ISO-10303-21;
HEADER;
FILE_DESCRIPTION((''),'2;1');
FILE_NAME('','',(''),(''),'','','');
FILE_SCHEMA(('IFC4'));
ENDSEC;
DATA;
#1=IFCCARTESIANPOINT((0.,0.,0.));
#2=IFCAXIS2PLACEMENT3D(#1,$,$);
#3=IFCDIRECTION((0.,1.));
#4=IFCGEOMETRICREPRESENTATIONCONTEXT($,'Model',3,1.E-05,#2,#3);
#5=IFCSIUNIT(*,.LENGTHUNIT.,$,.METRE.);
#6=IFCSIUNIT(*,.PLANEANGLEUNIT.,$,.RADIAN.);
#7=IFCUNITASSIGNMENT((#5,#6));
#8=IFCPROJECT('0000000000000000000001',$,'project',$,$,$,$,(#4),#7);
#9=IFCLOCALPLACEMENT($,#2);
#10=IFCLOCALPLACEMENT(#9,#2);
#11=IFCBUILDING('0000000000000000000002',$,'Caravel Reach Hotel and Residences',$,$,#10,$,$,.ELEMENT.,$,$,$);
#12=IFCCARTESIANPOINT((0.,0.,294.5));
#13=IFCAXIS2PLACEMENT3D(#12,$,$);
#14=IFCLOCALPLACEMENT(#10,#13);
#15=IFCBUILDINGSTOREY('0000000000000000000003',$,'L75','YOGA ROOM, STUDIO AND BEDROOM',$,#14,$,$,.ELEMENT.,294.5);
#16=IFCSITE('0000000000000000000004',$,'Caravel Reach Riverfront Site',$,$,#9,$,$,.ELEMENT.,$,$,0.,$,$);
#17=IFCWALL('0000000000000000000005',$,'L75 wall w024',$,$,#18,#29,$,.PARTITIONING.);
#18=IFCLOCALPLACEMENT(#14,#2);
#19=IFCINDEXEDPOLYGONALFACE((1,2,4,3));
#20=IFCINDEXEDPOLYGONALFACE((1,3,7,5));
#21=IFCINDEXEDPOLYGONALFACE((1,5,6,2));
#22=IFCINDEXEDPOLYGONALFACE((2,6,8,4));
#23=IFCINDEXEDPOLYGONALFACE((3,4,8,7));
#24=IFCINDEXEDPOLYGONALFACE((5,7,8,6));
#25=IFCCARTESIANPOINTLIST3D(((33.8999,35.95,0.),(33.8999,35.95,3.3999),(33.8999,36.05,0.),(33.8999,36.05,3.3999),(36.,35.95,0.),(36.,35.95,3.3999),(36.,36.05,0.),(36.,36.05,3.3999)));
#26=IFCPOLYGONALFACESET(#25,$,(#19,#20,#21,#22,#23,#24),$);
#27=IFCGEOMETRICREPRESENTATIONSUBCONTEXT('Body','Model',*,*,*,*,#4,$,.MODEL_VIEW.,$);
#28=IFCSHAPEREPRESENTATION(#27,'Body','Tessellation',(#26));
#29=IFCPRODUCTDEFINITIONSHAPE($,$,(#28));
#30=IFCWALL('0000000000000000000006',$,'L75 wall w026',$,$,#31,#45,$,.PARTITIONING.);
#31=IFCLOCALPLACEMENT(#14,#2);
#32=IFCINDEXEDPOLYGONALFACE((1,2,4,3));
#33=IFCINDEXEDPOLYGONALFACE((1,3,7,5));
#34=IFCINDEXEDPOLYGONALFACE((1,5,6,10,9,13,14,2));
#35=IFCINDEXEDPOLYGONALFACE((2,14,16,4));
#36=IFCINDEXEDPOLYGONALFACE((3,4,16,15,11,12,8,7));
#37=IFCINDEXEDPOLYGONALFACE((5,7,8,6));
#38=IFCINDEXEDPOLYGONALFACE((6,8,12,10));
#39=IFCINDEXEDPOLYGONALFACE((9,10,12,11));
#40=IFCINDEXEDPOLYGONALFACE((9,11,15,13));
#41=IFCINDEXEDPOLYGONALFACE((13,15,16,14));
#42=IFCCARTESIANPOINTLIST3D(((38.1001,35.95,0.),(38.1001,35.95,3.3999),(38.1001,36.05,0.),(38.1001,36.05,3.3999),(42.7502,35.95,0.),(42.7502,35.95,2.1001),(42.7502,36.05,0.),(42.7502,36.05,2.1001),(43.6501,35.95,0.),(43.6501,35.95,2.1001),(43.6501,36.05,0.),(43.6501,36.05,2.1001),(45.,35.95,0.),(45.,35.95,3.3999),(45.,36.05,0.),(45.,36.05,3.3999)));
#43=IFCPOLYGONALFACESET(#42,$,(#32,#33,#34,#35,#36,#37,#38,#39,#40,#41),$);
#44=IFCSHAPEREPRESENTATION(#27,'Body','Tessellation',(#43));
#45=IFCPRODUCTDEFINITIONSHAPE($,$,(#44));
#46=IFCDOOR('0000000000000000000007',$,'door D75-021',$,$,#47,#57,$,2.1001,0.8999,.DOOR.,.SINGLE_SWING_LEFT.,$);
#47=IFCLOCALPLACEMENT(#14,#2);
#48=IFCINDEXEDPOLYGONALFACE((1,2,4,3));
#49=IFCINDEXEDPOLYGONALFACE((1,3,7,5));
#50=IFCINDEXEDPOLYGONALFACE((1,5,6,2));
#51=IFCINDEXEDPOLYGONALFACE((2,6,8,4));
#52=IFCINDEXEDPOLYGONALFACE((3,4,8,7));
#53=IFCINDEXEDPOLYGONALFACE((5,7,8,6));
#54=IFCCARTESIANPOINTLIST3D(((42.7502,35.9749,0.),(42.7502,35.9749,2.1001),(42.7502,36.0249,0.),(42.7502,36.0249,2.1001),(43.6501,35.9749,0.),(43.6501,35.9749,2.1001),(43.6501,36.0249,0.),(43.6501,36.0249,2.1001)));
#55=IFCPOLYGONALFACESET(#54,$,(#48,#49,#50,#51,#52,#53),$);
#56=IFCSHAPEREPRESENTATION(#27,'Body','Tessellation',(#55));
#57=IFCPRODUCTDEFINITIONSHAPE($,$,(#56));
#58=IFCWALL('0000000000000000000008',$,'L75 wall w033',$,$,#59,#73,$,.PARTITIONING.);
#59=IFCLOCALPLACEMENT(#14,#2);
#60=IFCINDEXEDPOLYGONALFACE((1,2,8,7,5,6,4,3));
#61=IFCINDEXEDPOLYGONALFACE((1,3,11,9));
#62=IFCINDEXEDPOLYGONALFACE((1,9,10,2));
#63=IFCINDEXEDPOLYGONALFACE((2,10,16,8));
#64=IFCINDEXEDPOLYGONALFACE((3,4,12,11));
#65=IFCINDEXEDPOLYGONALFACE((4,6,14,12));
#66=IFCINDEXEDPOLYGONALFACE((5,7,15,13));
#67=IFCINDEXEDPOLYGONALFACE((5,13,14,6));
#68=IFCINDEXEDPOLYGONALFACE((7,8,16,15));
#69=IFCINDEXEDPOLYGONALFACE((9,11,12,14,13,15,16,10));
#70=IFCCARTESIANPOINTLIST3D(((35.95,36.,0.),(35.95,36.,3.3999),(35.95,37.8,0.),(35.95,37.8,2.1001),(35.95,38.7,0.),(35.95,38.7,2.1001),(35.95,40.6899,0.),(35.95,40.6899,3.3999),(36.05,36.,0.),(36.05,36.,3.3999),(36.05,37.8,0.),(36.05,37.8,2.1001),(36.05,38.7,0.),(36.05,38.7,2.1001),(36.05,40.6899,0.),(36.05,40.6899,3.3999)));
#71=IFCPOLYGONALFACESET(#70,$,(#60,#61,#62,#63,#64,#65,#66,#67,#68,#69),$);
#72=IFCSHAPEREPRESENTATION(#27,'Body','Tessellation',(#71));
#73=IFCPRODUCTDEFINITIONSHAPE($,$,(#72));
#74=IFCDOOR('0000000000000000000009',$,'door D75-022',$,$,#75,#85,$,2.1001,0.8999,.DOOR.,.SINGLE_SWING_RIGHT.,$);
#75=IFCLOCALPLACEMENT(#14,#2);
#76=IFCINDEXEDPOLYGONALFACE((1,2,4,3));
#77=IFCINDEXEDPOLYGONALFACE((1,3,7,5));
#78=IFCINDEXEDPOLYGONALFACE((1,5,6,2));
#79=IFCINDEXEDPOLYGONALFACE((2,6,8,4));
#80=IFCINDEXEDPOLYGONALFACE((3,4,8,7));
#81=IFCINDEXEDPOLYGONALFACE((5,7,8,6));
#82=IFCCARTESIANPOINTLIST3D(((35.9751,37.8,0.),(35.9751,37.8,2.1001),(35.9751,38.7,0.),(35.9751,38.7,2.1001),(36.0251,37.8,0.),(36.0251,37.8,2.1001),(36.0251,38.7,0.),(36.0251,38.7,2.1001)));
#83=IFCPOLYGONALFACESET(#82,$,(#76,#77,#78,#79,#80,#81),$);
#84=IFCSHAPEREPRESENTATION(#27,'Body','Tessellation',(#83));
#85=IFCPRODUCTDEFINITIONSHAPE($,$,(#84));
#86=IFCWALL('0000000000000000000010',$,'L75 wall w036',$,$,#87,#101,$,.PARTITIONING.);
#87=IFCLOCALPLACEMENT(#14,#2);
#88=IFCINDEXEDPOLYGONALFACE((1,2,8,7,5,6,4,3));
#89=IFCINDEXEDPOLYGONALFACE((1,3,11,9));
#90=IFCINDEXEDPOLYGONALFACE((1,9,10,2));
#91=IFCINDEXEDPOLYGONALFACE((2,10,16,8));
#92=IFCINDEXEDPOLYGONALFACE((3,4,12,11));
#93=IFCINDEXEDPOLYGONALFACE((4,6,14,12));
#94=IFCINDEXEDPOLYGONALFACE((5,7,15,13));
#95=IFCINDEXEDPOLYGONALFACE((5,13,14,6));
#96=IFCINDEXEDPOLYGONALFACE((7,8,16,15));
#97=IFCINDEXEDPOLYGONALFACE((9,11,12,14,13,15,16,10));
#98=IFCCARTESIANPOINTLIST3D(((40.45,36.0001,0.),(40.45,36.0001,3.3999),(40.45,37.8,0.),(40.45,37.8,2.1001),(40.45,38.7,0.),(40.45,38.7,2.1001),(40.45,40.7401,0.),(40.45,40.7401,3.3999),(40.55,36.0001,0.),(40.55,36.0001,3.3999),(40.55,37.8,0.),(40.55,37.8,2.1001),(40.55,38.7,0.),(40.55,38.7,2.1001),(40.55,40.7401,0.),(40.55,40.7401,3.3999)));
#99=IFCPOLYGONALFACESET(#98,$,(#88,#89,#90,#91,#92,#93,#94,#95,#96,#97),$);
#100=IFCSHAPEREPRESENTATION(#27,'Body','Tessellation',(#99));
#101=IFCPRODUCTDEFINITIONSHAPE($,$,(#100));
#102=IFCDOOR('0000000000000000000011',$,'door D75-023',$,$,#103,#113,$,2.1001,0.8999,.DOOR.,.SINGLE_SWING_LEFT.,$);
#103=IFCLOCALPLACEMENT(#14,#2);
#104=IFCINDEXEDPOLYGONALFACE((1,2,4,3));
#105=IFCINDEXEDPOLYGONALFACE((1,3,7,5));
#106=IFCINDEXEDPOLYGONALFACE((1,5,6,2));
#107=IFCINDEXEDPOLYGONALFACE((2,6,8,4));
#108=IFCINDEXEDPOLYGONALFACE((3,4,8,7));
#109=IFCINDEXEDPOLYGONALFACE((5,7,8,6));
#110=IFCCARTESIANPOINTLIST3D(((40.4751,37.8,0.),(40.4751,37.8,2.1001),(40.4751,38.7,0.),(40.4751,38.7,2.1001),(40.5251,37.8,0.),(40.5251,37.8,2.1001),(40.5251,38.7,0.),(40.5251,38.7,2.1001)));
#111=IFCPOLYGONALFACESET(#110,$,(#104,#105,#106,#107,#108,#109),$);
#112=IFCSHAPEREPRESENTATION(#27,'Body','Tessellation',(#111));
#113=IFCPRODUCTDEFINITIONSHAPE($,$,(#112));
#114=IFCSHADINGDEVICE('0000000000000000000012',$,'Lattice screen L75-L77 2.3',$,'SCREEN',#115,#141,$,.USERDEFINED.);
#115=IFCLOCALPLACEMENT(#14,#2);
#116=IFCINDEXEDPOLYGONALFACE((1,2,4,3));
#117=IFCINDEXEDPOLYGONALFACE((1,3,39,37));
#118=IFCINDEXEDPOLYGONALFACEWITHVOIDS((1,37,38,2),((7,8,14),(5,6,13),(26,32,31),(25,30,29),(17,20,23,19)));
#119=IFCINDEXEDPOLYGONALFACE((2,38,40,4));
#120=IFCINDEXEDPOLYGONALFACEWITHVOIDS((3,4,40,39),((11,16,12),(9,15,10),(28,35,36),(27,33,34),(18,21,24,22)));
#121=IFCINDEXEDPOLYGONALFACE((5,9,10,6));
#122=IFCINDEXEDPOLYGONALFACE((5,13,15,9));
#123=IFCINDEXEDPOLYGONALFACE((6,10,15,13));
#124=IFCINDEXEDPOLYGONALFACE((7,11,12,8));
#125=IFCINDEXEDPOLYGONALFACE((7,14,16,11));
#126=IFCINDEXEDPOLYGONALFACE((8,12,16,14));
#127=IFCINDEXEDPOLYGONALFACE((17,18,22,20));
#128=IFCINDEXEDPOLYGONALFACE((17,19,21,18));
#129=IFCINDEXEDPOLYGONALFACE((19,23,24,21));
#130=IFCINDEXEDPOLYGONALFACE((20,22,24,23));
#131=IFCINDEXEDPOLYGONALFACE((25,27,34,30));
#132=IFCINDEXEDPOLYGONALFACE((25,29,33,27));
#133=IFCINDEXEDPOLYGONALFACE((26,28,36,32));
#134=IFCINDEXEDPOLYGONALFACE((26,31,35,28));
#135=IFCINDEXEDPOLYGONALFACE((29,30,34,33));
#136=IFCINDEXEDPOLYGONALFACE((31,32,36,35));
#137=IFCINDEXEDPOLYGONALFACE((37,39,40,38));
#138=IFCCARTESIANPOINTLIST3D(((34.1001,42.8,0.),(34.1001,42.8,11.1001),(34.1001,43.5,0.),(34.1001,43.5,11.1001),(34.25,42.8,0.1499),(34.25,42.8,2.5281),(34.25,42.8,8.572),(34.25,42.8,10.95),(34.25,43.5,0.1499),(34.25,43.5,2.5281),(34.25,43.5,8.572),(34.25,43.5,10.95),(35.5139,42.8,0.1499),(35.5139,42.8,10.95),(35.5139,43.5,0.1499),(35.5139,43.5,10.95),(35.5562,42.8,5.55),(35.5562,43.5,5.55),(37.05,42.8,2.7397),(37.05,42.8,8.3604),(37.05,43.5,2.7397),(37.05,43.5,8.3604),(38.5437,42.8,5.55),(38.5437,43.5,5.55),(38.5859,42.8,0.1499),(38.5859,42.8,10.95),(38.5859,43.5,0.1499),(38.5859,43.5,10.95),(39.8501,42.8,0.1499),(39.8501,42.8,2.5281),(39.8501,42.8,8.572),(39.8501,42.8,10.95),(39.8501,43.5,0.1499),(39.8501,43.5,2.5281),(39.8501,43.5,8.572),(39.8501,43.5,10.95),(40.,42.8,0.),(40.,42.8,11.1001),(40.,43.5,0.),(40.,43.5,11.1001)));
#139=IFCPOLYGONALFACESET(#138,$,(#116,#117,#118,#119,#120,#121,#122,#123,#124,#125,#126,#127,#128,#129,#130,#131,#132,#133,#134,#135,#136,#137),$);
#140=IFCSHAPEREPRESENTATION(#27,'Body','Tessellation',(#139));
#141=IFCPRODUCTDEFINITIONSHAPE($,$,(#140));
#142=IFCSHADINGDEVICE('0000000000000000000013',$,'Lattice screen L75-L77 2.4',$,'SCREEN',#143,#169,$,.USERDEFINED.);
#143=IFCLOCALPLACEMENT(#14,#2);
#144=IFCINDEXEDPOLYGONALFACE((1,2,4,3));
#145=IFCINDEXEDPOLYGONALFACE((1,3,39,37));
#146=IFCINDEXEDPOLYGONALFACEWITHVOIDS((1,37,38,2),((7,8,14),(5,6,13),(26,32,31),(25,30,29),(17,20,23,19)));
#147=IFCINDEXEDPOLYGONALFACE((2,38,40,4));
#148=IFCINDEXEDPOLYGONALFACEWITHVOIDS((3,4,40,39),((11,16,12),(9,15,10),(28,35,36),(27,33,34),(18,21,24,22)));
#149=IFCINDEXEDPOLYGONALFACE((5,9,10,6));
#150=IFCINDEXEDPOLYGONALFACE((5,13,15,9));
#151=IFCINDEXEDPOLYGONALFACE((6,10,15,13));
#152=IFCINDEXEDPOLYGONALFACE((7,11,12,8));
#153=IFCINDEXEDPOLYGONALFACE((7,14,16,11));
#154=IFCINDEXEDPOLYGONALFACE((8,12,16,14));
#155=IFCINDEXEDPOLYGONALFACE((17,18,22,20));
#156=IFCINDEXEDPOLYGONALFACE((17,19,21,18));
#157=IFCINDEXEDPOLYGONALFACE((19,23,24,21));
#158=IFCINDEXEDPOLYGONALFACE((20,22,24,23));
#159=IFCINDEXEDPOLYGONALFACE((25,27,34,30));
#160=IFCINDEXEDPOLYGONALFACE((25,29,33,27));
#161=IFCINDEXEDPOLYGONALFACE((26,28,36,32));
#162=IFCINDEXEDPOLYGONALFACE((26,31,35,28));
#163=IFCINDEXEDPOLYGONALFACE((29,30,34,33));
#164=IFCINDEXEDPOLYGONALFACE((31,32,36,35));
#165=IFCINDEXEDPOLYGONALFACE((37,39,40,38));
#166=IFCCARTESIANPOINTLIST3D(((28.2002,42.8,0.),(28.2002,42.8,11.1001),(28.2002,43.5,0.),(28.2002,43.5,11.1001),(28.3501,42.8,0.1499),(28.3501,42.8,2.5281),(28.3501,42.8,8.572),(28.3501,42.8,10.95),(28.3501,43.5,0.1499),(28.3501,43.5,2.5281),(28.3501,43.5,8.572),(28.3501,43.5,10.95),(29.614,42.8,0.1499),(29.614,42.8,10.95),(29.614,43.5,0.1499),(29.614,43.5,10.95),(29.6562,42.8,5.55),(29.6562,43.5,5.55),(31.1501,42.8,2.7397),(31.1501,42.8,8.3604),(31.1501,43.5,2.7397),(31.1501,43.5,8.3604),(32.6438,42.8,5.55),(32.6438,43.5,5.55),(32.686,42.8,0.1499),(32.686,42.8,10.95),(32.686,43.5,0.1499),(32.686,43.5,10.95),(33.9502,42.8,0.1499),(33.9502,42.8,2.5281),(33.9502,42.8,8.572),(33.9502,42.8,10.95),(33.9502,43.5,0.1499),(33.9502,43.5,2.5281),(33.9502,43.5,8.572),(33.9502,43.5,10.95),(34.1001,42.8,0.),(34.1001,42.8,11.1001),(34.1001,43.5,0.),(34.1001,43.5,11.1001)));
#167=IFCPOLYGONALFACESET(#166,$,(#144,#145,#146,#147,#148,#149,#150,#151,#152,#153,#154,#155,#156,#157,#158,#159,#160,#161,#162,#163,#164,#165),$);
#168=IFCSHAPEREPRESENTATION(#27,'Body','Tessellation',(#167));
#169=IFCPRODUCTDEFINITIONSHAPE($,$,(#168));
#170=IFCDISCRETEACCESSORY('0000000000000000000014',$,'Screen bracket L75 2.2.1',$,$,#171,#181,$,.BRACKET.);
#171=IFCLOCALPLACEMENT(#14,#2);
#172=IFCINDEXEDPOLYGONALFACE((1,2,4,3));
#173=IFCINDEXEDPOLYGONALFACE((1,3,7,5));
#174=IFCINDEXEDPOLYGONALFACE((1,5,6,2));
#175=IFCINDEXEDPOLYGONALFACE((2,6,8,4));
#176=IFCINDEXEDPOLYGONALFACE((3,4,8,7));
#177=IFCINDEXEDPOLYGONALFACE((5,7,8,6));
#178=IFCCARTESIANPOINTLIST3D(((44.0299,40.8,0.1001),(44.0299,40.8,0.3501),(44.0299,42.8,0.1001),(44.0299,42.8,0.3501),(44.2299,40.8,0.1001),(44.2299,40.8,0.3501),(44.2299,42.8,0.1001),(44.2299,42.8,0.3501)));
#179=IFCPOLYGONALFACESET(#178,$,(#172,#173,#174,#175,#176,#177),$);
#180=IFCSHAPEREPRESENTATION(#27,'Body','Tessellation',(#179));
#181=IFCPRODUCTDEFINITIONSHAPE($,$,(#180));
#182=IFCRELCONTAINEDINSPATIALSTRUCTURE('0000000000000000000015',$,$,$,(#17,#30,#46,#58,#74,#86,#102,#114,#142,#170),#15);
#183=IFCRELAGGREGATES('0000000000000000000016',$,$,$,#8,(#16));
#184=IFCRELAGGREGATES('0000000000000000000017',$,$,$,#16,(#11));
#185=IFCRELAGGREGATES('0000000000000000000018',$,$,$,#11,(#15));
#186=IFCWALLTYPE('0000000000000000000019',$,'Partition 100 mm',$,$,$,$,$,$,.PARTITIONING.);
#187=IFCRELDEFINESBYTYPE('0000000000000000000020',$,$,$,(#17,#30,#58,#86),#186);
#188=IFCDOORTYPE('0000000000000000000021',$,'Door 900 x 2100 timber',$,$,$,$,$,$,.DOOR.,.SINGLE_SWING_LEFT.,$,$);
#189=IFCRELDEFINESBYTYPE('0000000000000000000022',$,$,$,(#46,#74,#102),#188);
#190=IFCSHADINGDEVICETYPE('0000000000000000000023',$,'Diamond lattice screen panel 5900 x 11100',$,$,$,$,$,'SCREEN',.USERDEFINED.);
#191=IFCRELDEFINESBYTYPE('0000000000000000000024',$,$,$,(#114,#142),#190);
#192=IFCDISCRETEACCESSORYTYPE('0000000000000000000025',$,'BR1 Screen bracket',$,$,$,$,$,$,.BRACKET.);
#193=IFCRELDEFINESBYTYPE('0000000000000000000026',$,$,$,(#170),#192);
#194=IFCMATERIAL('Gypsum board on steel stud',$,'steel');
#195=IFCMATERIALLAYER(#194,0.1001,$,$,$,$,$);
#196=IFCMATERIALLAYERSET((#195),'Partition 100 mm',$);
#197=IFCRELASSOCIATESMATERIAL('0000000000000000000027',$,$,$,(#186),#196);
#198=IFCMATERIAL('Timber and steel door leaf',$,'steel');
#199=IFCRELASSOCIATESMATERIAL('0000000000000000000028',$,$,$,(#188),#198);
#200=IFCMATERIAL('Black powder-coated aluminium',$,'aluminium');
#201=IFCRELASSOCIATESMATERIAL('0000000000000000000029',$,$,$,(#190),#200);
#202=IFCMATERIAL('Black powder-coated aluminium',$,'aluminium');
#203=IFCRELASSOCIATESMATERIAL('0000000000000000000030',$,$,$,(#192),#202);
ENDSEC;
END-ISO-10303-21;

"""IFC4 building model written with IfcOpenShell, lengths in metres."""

from ifc_helpers import new_model, si_unit, direction, frame, frame_2d, origin, origin_2d, place, context, subcontext, project, spatial, polyline, rectangle, outline, extrude, material, layer, layer_set, type_object, element, fill, save


model = new_model("IFC4")

# Units and contexts
model_context = context("Model", 3, precision=1e-05, world=origin(), true_north=direction((0.0, 1.0)))
body_context = subcontext(model_context, "Body", "Model", "MODEL_VIEW")
ifc_project = project(units=[si_unit("LENGTHUNIT", "METRE"), si_unit("PLANEANGLEUNIT", "RADIAN")], contexts=[model_context])

# Site, building, storey
site_placement = place(None, origin())
site = spatial("IfcSite", under=ifc_project, at=site_placement, Name="Caravel Reach Riverfront Site", CompositionType="ELEMENT", RefElevation=0.0)
building_placement = place(site_placement, origin())
building = spatial("IfcBuilding", under=site, at=building_placement, Name="Caravel Reach Hotel and Residences", CompositionType="ELEMENT")
storey_placement = place(building_placement, frame((0.0, 0.0, 294.5)))
storey = spatial("IfcBuildingStorey", under=building, at=storey_placement, Name="L75", Description="YOGA ROOM, STUDIO AND BEDROOM", CompositionType="ELEMENT", Elevation=294.5)

# Wall
ifc_material_1 = material(Name="Gypsum board on steel stud", Category="steel")
ifc_layer_1 = layer(ifc_material_1, 0.1001)
ifc_layer_set_1 = layer_set([ifc_layer_1], Name="Partition 100 mm")
wall_type_1 = type_object("IfcWallType", Name="Partition 100 mm", PredefinedType="PARTITIONING", material=ifc_layer_set_1)
wall_1_placement = place(storey_placement, frame((33.8999, 36.0, 0.0), z_axis=(0.0, 0.0, 1.0), x_axis=(1.0, 0.0, 0.0)))
element("IfcWall", 1, at=wall_1_placement, inside=storey, type_object=wall_type_1, Name="L75 wall w024", PredefinedType="PARTITIONING", context=body_context, shape_type="SweptSolid", body=[
    extrude(rectangle(XDim=2.1001, YDim=0.1001, at=frame_2d((1.05, 0.0))), origin(), (0.0, 0.0, 1.0), 3.3999),
])

# Walls, openings, doors
wall_2_placement = place(storey_placement, frame((38.1001, 36.0, 0.0), z_axis=(0.0, 0.0, 1.0), x_axis=(1.0, 0.0, 0.0)))
wall_2 = element("IfcWall", 2, at=wall_2_placement, inside=storey, type_object=wall_type_1, Name="L75 wall w026", PredefinedType="PARTITIONING", context=body_context, shape_type="SweptSolid", body=[
    extrude(rectangle(XDim=6.8999, YDim=0.1001, at=frame_2d((3.45, 0.0))), origin(), (0.0, 0.0, 1.0), 3.3999),
])
opening_1_placement = place(wall_2_placement, frame((4.6501, 0.0, 0.0)))
opening_1 = element("IfcOpeningElement", 3, at=opening_1_placement, cuts=wall_2, PredefinedType="OPENING", context=body_context, shape_type="SweptSolid", body=[
    extrude(rectangle(XDim=0.8999, YDim=2.1001, at=frame_2d((0.45, 1.05))), frame((0.0, 0.0601, 0.0), z_axis=(0.0, -1.0, 0.0), x_axis=(1.0, 0.0, 0.0)), (0.0, 0.0, 1.0), 0.1201),
])
ifc_material_2 = material(Name="Timber and steel door leaf", Category="steel")
door_type = type_object("IfcDoorType", Name="Door 900 x 2100 timber", OperationType="SINGLE_SWING_LEFT", PredefinedType="DOOR", material=ifc_material_2)
door_1_placement = place(opening_1_placement, origin())
door_1 = element("IfcDoor", 4, at=door_1_placement, inside=storey, type_object=door_type, Name="door D75-021", OperationType="SINGLE_SWING_LEFT", OverallHeight=2.1001, OverallWidth=0.8999, PredefinedType="DOOR", context=body_context, shape_type="SweptSolid", body=[
    extrude(rectangle(XDim=0.8999, YDim=2.1001, at=frame_2d((0.45, 1.05))), frame((0.0, 0.0249, 0.0), z_axis=(0.0, -1.0, 0.0), x_axis=(1.0, 0.0, 0.0)), (0.0, 0.0, 1.0), 0.05),
])
fill(opening_1, door_1)
wall_3_placement = place(storey_placement, frame((36.0, 36.0, 0.0), z_axis=(0.0, 0.0, 1.0), x_axis=(0.0, 1.0, 0.0)))
wall_3 = element("IfcWall", 5, at=wall_3_placement, inside=storey, type_object=wall_type_1, Name="L75 wall w033", PredefinedType="PARTITIONING", context=body_context, shape_type="SweptSolid", body=[
    extrude(rectangle(XDim=4.6899, YDim=0.1001, at=frame_2d((2.345, 0.0))), origin(), (0.0, 0.0, 1.0), 3.3999),
])
opening_2_placement = place(wall_3_placement, frame((1.8, 0.0, 0.0)))
opening_2 = element("IfcOpeningElement", 6, at=opening_2_placement, cuts=wall_3, PredefinedType="OPENING", context=body_context, shape_type="SweptSolid", body=[
    extrude(rectangle(XDim=0.8999, YDim=2.1001, at=frame_2d((0.45, 1.05))), frame((0.0, 0.0601, 0.0), z_axis=(0.0, -1.0, 0.0), x_axis=(1.0, 0.0, 0.0)), (0.0, 0.0, 1.0), 0.1201),
])
door_2_placement = place(opening_2_placement, origin())
door_2 = element("IfcDoor", 7, at=door_2_placement, inside=storey, type_object=door_type, Name="door D75-022", OperationType="SINGLE_SWING_RIGHT", OverallHeight=2.1001, OverallWidth=0.8999, PredefinedType="DOOR", context=body_context, shape_type="SweptSolid", body=[
    extrude(rectangle(XDim=0.8999, YDim=2.1001, at=frame_2d((0.45, 1.05))), frame((0.0, 0.0249, 0.0), z_axis=(0.0, -1.0, 0.0), x_axis=(1.0, 0.0, 0.0)), (0.0, 0.0, 1.0), 0.05),
])
fill(opening_2, door_2)
wall_4_placement = place(storey_placement, frame((40.5, 36.0, 0.0), z_axis=(0.0, 0.0, 1.0), x_axis=(0.0, 1.0, 0.0)))
wall_4 = element("IfcWall", 8, at=wall_4_placement, inside=storey, type_object=wall_type_1, Name="L75 wall w036", PredefinedType="PARTITIONING", context=body_context, shape_type="SweptSolid", body=[
    extrude(rectangle(XDim=4.74, YDim=0.1001, at=frame_2d((2.3701, 0.0))), origin(), (0.0, 0.0, 1.0), 3.3999),
])
opening_3_placement = place(wall_4_placement, frame((1.8, 0.0, 0.0)))
opening_3 = element("IfcOpeningElement", 9, at=opening_3_placement, cuts=wall_4, PredefinedType="OPENING", context=body_context, shape_type="SweptSolid", body=[
    extrude(rectangle(XDim=0.8999, YDim=2.1001, at=frame_2d((0.45, 1.05))), frame((0.0, 0.0601, 0.0), z_axis=(0.0, -1.0, 0.0), x_axis=(1.0, 0.0, 0.0)), (0.0, 0.0, 1.0), 0.1201),
])
door_3_placement = place(opening_3_placement, origin())
door_3 = element("IfcDoor", 10, at=door_3_placement, inside=storey, type_object=door_type, Name="door D75-023", OperationType="SINGLE_SWING_LEFT", OverallHeight=2.1001, OverallWidth=0.8999, PredefinedType="DOOR", context=body_context, shape_type="SweptSolid", body=[
    extrude(rectangle(XDim=0.8999, YDim=2.1001, at=frame_2d((0.45, 1.05))), frame((0.0, 0.0249, 0.0), z_axis=(0.0, -1.0, 0.0), x_axis=(1.0, 0.0, 0.0)), (0.0, 0.0, 1.0), 0.05),
])
fill(opening_3, door_3)

# Shading devices
ifc_material_3 = material(Name="Black powder-coated aluminium", Category="aluminium")
shading_device_type = type_object("IfcShadingDeviceType", Name="Diamond lattice screen panel 5900 x 11100", ElementType="SCREEN", PredefinedType="USERDEFINED", material=ifc_material_3)
for number, where, z_axis, x_axis, name in (
    (11, (40.0, 42.8, 0.0), (0.0, 1.0, 0.0), (-1.0, 0.0, 0.0), "Lattice screen L75-L77 2.3"),
    (12, (34.1001, 42.8, 0.0), (0.0, 1.0, 0.0), (-1.0, 0.0, 0.0), "Lattice screen L75-L77 2.4"),
):
    element("IfcShadingDevice", number, at=place(storey_placement, frame(where, z_axis=z_axis, x_axis=x_axis)), inside=storey, type_object=shading_device_type, Name=name, ObjectType="SCREEN", PredefinedType="USERDEFINED", context=body_context, shape_type="SweptSolid", body=[
        extrude(outline(polyline([(0.0, 0.0), (5.8999, 0.0), (5.8999, 11.1001), (0.0, 11.1001), (0.0, 0.0)]), holes=[polyline([(1.4141, 0.1499), (0.1499, 2.5281), (0.1499, 0.1499), (1.4141, 0.1499)]), polyline([(0.1499, 8.572), (1.4141, 10.95), (0.1499, 10.95), (0.1499, 8.572)]), polyline([(2.95, 8.3604), (1.4563, 5.55), (2.95, 2.7397), (4.4438, 5.55), (2.95, 8.3604)]), polyline([(5.75, 2.5281), (4.4861, 0.1499), (5.75, 0.1499), (5.75, 2.5281)]), polyline([(4.4861, 10.95), (5.75, 8.572), (5.75, 10.95), (4.4861, 10.95)])]), origin(), (0.0, 0.0, 1.0), 0.7),
    ])

# Discrete accessory
ifc_material_4 = material(Name="Black powder-coated aluminium", Category="aluminium")
discrete_accessory_type = type_object("IfcDiscreteAccessoryType", Name="BR1 Screen bracket", PredefinedType="BRACKET", material=ifc_material_4)
for number, where, z_axis, x_axis, name in (
    (13, (44.1299, 41.8, 0.1001), (0.0, 0.0, 1.0), (0.0, 1.0, 0.0), "Screen bracket L75 2.2.1"),
):
    element("IfcDiscreteAccessory", number, at=place(storey_placement, frame(where, z_axis=z_axis, x_axis=x_axis)), inside=storey, type_object=discrete_accessory_type, Name=name, PredefinedType="BRACKET", context=body_context, shape_type="SweptSolid", body=[
        extrude(rectangle(XDim=2.0, YDim=0.2, at=origin_2d()), origin(), (0.0, 0.0, 1.0), 0.25),
    ])

save(model, "model.ifc")
